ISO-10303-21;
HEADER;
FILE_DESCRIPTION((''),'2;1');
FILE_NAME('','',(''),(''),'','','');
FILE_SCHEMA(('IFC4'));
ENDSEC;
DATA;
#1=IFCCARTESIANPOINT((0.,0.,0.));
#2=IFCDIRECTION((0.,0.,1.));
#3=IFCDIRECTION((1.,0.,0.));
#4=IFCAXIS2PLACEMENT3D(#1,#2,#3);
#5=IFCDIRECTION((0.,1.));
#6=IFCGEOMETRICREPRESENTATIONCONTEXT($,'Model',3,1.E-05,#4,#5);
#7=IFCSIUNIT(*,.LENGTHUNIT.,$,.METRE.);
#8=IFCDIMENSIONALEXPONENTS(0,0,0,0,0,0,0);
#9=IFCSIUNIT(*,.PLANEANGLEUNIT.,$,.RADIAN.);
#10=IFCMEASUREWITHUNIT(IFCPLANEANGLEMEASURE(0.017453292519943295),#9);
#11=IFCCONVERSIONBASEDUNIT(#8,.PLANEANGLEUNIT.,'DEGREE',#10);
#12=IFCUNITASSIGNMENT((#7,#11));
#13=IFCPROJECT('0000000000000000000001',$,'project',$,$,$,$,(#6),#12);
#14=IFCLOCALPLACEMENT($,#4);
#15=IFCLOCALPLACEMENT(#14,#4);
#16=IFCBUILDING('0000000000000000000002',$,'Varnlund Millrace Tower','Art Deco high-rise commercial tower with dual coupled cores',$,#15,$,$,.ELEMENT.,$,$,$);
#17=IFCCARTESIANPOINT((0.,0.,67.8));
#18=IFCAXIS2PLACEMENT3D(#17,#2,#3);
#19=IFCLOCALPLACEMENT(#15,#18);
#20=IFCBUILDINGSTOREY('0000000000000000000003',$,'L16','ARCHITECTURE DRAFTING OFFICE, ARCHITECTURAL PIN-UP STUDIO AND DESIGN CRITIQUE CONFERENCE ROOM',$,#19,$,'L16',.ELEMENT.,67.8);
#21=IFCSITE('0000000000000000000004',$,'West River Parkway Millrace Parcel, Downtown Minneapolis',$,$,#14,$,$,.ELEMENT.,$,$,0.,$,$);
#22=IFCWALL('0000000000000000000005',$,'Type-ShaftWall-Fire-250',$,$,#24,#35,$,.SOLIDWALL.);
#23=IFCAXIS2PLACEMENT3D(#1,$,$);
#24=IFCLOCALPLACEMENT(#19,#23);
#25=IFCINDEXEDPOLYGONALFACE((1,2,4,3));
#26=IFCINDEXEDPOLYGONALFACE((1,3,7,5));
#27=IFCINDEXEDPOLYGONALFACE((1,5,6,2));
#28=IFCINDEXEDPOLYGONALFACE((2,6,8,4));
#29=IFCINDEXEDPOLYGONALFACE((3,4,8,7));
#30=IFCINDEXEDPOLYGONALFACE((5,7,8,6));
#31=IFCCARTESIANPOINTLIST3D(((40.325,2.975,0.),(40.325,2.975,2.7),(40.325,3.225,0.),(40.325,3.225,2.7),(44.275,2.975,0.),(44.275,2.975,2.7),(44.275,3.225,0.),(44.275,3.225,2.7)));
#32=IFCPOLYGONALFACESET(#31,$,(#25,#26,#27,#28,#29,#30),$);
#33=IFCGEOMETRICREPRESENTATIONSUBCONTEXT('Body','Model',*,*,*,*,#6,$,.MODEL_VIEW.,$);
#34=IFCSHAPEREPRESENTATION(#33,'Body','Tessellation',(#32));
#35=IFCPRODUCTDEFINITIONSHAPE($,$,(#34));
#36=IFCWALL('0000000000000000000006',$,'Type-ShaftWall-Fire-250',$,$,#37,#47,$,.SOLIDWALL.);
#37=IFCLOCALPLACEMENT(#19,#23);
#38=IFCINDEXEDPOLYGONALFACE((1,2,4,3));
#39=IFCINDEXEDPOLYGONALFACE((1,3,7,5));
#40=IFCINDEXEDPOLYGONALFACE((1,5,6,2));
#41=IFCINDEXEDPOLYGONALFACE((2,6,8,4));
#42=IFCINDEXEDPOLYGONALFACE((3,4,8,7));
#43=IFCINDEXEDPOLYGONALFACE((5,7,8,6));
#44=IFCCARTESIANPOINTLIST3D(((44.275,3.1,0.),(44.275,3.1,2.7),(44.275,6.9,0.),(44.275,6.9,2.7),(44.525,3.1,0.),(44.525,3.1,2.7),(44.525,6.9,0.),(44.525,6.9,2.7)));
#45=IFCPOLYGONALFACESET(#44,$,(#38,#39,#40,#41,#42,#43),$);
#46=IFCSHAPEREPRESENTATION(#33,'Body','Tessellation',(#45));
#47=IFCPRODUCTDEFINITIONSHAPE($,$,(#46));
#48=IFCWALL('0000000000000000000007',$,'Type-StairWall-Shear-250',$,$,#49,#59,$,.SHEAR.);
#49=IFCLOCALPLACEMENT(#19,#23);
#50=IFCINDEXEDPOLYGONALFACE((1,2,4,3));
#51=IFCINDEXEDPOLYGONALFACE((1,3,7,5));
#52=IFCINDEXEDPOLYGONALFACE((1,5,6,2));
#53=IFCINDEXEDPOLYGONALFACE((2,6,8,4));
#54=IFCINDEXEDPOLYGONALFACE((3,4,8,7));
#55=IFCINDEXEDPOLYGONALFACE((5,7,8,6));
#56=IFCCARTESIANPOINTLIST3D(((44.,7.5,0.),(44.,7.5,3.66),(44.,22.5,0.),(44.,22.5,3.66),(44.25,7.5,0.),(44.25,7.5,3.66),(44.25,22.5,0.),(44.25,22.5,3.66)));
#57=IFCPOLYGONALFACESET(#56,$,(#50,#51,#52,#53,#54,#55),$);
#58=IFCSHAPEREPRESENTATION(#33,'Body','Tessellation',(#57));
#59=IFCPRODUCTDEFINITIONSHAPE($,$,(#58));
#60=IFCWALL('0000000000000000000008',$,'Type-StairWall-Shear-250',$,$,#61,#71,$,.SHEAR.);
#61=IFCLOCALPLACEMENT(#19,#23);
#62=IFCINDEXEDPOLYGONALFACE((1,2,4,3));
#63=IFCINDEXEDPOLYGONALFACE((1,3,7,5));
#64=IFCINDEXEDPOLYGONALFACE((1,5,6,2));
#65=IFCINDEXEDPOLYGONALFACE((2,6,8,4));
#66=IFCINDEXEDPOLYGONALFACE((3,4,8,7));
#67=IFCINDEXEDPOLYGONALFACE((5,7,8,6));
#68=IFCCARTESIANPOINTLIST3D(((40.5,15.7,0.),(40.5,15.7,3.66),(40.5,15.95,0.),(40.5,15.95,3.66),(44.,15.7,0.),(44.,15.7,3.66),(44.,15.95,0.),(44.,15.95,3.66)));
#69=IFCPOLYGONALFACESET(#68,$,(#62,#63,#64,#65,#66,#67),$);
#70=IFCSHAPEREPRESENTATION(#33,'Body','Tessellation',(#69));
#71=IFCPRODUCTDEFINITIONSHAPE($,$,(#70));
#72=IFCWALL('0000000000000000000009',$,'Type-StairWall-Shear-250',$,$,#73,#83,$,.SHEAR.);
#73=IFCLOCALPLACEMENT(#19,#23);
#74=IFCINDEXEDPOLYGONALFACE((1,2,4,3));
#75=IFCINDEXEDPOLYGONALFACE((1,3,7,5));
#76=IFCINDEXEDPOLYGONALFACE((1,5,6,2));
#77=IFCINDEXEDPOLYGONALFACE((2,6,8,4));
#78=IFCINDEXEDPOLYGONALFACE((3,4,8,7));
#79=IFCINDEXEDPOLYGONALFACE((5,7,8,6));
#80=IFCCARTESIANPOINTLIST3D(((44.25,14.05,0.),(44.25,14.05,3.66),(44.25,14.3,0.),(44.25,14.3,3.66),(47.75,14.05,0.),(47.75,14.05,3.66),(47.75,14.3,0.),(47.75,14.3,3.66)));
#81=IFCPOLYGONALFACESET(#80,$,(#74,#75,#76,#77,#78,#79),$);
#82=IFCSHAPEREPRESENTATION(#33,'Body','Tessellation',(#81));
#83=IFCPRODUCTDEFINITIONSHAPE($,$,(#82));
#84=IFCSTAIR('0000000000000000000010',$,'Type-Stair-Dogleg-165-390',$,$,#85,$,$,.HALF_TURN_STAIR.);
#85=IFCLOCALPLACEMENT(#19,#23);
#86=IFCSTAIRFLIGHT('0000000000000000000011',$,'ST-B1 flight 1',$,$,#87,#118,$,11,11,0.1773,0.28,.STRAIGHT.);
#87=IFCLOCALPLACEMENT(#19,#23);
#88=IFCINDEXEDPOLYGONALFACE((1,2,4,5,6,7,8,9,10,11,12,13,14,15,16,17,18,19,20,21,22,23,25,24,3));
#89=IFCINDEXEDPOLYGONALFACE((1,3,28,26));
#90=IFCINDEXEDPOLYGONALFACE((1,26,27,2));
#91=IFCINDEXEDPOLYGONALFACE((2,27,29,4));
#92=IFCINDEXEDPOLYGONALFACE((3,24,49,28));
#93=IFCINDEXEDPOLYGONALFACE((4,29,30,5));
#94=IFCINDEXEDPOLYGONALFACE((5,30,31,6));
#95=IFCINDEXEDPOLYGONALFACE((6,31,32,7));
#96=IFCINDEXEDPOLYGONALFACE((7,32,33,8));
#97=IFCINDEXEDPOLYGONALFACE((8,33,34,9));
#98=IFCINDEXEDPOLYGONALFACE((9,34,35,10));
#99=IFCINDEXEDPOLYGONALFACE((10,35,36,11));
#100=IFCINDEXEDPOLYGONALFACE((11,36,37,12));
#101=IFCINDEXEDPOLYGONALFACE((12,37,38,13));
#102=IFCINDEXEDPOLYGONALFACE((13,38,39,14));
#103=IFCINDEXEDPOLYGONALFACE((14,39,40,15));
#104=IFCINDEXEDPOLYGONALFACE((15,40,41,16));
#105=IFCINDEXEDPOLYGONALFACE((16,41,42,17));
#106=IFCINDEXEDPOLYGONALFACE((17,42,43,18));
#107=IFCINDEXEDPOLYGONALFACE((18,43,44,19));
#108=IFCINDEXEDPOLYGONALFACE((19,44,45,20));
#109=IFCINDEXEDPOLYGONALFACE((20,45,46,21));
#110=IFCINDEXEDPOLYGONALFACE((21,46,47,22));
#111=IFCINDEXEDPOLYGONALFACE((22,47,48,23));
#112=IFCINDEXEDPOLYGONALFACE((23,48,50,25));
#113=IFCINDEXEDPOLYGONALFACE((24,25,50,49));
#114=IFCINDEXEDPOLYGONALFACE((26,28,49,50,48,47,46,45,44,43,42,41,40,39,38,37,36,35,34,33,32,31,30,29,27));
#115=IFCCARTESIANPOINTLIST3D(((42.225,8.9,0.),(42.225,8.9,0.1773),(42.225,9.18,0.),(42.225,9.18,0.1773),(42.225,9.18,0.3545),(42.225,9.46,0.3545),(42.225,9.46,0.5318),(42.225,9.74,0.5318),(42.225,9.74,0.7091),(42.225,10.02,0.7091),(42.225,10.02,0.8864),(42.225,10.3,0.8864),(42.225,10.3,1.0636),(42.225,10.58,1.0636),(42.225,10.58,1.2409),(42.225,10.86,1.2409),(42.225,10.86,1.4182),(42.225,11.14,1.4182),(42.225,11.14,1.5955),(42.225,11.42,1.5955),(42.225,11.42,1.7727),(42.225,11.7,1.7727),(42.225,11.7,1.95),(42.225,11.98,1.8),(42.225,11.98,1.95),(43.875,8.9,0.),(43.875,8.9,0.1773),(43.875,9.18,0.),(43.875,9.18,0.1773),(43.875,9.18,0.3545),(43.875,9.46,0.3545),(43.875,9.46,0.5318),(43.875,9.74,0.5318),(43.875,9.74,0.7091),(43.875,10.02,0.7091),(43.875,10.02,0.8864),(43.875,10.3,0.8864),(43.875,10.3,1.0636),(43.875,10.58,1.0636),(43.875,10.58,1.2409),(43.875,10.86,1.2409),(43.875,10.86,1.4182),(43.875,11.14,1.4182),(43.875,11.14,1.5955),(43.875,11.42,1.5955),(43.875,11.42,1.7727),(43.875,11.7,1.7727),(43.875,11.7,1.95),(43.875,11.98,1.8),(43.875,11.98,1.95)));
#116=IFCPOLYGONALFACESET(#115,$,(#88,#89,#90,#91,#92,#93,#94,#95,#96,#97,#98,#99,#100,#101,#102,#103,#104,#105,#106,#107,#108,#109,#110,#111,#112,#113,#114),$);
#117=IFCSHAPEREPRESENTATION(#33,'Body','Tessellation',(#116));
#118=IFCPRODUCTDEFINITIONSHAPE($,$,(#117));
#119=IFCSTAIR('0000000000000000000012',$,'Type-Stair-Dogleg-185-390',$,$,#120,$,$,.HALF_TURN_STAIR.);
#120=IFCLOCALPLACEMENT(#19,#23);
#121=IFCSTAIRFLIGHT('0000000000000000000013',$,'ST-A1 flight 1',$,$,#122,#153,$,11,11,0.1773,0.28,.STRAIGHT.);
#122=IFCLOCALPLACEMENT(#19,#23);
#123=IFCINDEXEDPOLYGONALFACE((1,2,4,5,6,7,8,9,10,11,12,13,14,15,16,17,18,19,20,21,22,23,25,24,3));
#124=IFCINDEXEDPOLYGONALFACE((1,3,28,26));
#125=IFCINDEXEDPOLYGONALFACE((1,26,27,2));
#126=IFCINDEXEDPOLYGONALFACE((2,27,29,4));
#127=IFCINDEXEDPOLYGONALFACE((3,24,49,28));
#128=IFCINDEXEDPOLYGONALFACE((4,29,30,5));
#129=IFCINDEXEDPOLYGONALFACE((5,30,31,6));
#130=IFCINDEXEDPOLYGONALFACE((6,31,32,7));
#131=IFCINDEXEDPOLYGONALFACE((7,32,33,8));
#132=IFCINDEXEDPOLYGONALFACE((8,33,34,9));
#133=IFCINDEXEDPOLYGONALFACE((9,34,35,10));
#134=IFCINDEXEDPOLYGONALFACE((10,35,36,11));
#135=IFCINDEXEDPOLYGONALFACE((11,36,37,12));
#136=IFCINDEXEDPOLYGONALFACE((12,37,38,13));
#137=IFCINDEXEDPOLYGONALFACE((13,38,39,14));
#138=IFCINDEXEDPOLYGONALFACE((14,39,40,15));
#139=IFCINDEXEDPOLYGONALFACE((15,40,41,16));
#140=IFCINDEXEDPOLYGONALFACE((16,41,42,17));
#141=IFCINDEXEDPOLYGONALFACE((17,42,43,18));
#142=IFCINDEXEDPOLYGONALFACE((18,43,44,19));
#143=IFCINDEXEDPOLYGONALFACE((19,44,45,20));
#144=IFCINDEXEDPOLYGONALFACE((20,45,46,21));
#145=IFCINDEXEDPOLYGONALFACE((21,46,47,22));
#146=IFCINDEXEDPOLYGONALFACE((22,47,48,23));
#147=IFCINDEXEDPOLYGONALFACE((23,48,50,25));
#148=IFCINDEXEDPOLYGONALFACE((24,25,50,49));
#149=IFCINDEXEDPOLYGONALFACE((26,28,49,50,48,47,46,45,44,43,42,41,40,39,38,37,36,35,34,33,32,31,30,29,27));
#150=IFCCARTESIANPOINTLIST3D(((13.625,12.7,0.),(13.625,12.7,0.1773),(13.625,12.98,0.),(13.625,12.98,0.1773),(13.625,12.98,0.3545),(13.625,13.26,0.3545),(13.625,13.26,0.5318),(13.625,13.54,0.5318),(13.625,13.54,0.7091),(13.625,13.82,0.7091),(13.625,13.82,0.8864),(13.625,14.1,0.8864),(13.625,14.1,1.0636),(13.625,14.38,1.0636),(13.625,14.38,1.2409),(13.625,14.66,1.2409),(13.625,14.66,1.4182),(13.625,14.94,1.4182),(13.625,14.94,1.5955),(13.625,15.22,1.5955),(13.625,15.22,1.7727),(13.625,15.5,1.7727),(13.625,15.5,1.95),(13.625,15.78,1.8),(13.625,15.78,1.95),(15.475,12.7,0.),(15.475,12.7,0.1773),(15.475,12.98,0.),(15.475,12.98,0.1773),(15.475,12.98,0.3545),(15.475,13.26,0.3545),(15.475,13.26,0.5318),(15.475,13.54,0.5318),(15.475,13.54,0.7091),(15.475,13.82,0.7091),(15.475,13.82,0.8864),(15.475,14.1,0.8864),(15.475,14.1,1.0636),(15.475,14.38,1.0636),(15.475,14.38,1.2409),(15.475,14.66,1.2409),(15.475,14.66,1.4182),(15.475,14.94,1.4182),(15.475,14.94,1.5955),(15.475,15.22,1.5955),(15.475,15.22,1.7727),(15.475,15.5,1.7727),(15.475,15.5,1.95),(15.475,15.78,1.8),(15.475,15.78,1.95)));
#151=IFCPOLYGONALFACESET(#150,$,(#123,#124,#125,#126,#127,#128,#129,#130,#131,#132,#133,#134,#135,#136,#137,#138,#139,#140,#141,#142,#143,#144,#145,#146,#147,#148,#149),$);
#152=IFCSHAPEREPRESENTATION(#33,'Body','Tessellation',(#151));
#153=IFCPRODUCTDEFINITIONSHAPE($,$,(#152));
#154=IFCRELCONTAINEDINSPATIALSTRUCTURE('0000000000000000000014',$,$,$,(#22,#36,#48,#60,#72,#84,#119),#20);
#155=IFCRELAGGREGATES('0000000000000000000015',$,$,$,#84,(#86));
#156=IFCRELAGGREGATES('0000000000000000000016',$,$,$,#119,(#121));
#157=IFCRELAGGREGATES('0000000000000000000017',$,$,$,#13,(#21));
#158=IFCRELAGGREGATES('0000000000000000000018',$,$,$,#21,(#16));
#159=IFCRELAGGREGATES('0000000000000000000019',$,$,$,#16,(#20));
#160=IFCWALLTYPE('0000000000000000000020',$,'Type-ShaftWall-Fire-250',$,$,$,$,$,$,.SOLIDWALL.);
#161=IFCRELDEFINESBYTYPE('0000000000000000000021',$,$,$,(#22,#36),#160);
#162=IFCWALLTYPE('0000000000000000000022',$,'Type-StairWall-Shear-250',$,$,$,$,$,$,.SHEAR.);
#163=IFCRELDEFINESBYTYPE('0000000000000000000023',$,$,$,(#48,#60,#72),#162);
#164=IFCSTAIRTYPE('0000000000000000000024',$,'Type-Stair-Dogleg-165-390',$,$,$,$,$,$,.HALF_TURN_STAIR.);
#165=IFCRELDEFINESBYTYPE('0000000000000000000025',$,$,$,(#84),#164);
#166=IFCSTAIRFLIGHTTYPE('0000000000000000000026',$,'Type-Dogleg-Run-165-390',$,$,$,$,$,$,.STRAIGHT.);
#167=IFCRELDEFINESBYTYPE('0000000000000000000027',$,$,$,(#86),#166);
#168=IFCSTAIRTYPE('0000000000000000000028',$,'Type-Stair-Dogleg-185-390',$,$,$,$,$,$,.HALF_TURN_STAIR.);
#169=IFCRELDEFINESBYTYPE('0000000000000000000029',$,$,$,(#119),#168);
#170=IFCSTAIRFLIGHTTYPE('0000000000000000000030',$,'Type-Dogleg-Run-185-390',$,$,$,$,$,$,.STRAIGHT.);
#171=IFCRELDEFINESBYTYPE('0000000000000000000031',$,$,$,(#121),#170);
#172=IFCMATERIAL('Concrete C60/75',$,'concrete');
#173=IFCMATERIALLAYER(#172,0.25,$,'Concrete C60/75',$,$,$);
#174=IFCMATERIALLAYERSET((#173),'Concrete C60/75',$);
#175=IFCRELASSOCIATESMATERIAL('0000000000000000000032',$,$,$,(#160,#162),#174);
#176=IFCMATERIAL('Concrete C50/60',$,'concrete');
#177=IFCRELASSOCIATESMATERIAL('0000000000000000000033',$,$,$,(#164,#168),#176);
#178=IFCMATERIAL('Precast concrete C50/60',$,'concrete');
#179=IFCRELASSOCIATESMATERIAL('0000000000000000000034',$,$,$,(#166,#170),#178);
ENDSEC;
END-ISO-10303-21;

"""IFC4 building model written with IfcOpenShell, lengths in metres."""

from ifc_helpers import new_model, entity, si_unit, converted_unit, direction, frame, origin_with_axes, place, context, subcontext, project, spatial, polyline, outline, extrude, material, layer, layer_set, type_object, element, aggregate, save


model = new_model("IFC4")

# Units and contexts
model_context = context("Model", 3, precision=1e-05, world=origin_with_axes(), true_north=direction((0.0, 1.0)))
body_context = subcontext(model_context, "Body", "Model", "MODEL_VIEW")
ifc_project = project(units=[si_unit("LENGTHUNIT", "METRE"), converted_unit("PLANEANGLEUNIT", "DEGREE", entity("IfcPlaneAngleMeasure", 0.017453292519943295), si_unit("PLANEANGLEUNIT", "RADIAN"), dimensions=[0, 0, 0, 0, 0, 0, 0])], contexts=[model_context])

# Site, building, storey
site_placement = place(None, origin_with_axes())
site = spatial("IfcSite", under=ifc_project, at=site_placement, Name="West River Parkway Millrace Parcel, Downtown Minneapolis", CompositionType="ELEMENT", RefElevation=0.0)
building_placement = place(site_placement, origin_with_axes())
building = spatial("IfcBuilding", under=site, at=building_placement, Name="Varnlund Millrace Tower", Description="Art Deco high-rise commercial tower with dual coupled cores", CompositionType="ELEMENT")
storey_placement = place(building_placement, frame((0.0, 0.0, 67.8), z_axis=(0.0, 0.0, 1.0), x_axis=(1.0, 0.0, 0.0)))
storey = spatial("IfcBuildingStorey", under=building, at=storey_placement, Name="L16", Description="ARCHITECTURE DRAFTING OFFICE, ARCHITECTURAL PIN-UP STUDIO AND DESIGN CRITIQUE CONFERENCE ROOM", LongName="L16", CompositionType="ELEMENT", Elevation=67.8)

# Shared definitions
ifc_material_1 = material(Name="Concrete C60/75", Category="concrete")
ifc_layer_1 = layer(ifc_material_1, 0.25, Name="Concrete C60/75")
ifc_layer_set_1 = layer_set([ifc_layer_1], Name="Concrete C60/75")
wall_type_1 = type_object("IfcWallType", Name="Type-ShaftWall-Fire-250", PredefinedType="SOLIDWALL", material=ifc_layer_set_1)

# Walls
wall_1_placement = place(storey_placement, frame((40.325, 3.1, 0.0), z_axis=(0.0, 0.0, 1.0), x_axis=(1.0, 0.0, 0.0)))
element("IfcWall", 1, at=wall_1_placement, inside=storey, type_object=wall_type_1, Name="Type-ShaftWall-Fire-250", PredefinedType="SOLIDWALL", context=body_context, shape_type="SweptSolid", body=[
    extrude(outline(polyline([(0.0, -0.125), (3.95, -0.125), (3.95, 0.125), (0.0, 0.125), (0.0, -0.125)])), origin_with_axes(), (0.0, 0.0, 1.0), 2.7),
])
wall_2_placement = place(storey_placement, frame((44.4, 3.1, 0.0), z_axis=(0.0, 0.0, 1.0), x_axis=(0.0, 1.0, 0.0)))
element("IfcWall", 2, at=wall_2_placement, inside=storey, type_object=wall_type_1, Name="Type-ShaftWall-Fire-250", PredefinedType="SOLIDWALL", context=body_context, shape_type="SweptSolid", body=[
    extrude(outline(polyline([(0.0, -0.125), (3.8, -0.125), (3.8, 0.125), (0.0, 0.125), (0.0, -0.125)])), origin_with_axes(), (0.0, 0.0, 1.0), 2.7),
])
wall_type_2 = type_object("IfcWallType", Name="Type-StairWall-Shear-250", PredefinedType="SHEAR", material=ifc_layer_set_1)
wall_3_placement = place(storey_placement, frame((44.125, 7.5, 0.0), z_axis=(0.0, 0.0, 1.0), x_axis=(0.0, 1.0, 0.0)))
element("IfcWall", 3, at=wall_3_placement, inside=storey, type_object=wall_type_2, Name="Type-StairWall-Shear-250", PredefinedType="SHEAR", context=body_context, shape_type="SweptSolid", body=[
    extrude(outline(polyline([(0.0, -0.125), (15.0, -0.125), (15.0, 0.125), (0.0, 0.125), (0.0, -0.125)])), origin_with_axes(), (0.0, 0.0, 1.0), 3.66),
])
for number, where, z_axis, x_axis, name in (
    (4, (40.5, 15.825, 0.0), (0.0, 0.0, 1.0), (1.0, 0.0, 0.0), "Type-StairWall-Shear-250"),
    (5, (44.25, 14.175, 0.0), (0.0, 0.0, 1.0), (1.0, 0.0, 0.0), "Type-StairWall-Shear-250"),
):
    element("IfcWall", number, at=place(storey_placement, frame(where, z_axis=z_axis, x_axis=x_axis)), inside=storey, type_object=wall_type_2, Name=name, PredefinedType="SHEAR", context=body_context, shape_type="SweptSolid", body=[
        extrude(outline(polyline([(0.0, -0.125), (3.5, -0.125), (3.5, 0.125), (0.0, 0.125), (0.0, -0.125)])), origin_with_axes(), (0.0, 0.0, 1.0), 3.66),
    ])

# Stairs, stair flights
ifc_material_2 = material(Name="Concrete C50/60", Category="concrete")
stair_type_1 = type_object("IfcStairType", Name="Type-Stair-Dogleg-165-390", PredefinedType="HALF_TURN_STAIR", material=ifc_material_2)
stair_1_placement = place(storey_placement, origin_with_axes())
stair_1 = element("IfcStair", 6, at=stair_1_placement, inside=storey, type_object=stair_type_1, Name="Type-Stair-Dogleg-165-390", PredefinedType="HALF_TURN_STAIR")
ifc_material_3 = material(Name="Precast concrete C50/60", Category="concrete")
stair_flight_type_1 = type_object("IfcStairFlightType", Name="Type-Dogleg-Run-165-390", PredefinedType="STRAIGHT", material=ifc_material_3)
stair_flight_1_placement = place(storey_placement, frame((42.225, 8.9, 0.0), z_axis=(1.0, 0.0, 0.0), x_axis=(0.0, 1.0, 0.0)))
stair_flight_1 = element("IfcStairFlight", 7, at=stair_flight_1_placement, type_object=stair_flight_type_1, Name="ST-B1 flight 1", NumberOfRisers=11, NumberOfTreads=11, PredefinedType="STRAIGHT", RiserHeight=0.1773, TreadLength=0.28, context=body_context, shape_type="SweptSolid", body=[
    extrude(outline(polyline([(0.0, 0.0), (0.0, 0.1773), (0.28, 0.1773), (0.28, 0.3545), (0.56, 0.3545), (0.56, 0.5318), (0.84, 0.5318), (0.84, 0.7091), (1.12, 0.7091), (1.12, 0.8864), (1.4, 0.8864), (1.4, 1.0636), (1.68, 1.0636), (1.68, 1.2409), (1.96, 1.2409), (1.96, 1.4182), (2.24, 1.4182), (2.24, 1.5955), (2.52, 1.5955), (2.52, 1.7727), (2.8, 1.7727), (2.8, 1.95), (3.08, 1.95), (3.08, 1.8), (0.28, 0.0), (0.0, 0.0)])), origin_with_axes(), (0.0, 0.0, 1.0), 1.65),
])
aggregate(stair_1, [stair_flight_1])
stair_type_2 = type_object("IfcStairType", Name="Type-Stair-Dogleg-185-390", PredefinedType="HALF_TURN_STAIR", material=ifc_material_2)
stair_2_placement = place(storey_placement, origin_with_axes())
stair_2 = element("IfcStair", 8, at=stair_2_placement, inside=storey, type_object=stair_type_2, Name="Type-Stair-Dogleg-185-390", PredefinedType="HALF_TURN_STAIR")
stair_flight_type_2 = type_object("IfcStairFlightType", Name="Type-Dogleg-Run-185-390", PredefinedType="STRAIGHT", material=ifc_material_3)
stair_flight_2_placement = place(storey_placement, frame((13.625, 12.7, 0.0), z_axis=(1.0, 0.0, 0.0), x_axis=(0.0, 1.0, 0.0)))
stair_flight_2 = element("IfcStairFlight", 9, at=stair_flight_2_placement, type_object=stair_flight_type_2, Name="ST-A1 flight 1", NumberOfRisers=11, NumberOfTreads=11, PredefinedType="STRAIGHT", RiserHeight=0.1773, TreadLength=0.28, context=body_context, shape_type="SweptSolid", body=[
    extrude(outline(polyline([(0.0, 0.0), (0.0, 0.1773), (0.28, 0.1773), (0.28, 0.3545), (0.56, 0.3545), (0.56, 0.5318), (0.84, 0.5318), (0.84, 0.7091), (1.12, 0.7091), (1.12, 0.8864), (1.4, 0.8864), (1.4, 1.0636), (1.68, 1.0636), (1.68, 1.2409), (1.96, 1.2409), (1.96, 1.4182), (2.24, 1.4182), (2.24, 1.5955), (2.52, 1.5955), (2.52, 1.7727), (2.8, 1.7727), (2.8, 1.95), (3.08, 1.95), (3.08, 1.8), (0.28, 0.0), (0.0, 0.0)])), origin_with_axes(), (0.0, 0.0, 1.0), 1.85),
])
aggregate(stair_2, [stair_flight_2])

save(model, "model.ifc")
